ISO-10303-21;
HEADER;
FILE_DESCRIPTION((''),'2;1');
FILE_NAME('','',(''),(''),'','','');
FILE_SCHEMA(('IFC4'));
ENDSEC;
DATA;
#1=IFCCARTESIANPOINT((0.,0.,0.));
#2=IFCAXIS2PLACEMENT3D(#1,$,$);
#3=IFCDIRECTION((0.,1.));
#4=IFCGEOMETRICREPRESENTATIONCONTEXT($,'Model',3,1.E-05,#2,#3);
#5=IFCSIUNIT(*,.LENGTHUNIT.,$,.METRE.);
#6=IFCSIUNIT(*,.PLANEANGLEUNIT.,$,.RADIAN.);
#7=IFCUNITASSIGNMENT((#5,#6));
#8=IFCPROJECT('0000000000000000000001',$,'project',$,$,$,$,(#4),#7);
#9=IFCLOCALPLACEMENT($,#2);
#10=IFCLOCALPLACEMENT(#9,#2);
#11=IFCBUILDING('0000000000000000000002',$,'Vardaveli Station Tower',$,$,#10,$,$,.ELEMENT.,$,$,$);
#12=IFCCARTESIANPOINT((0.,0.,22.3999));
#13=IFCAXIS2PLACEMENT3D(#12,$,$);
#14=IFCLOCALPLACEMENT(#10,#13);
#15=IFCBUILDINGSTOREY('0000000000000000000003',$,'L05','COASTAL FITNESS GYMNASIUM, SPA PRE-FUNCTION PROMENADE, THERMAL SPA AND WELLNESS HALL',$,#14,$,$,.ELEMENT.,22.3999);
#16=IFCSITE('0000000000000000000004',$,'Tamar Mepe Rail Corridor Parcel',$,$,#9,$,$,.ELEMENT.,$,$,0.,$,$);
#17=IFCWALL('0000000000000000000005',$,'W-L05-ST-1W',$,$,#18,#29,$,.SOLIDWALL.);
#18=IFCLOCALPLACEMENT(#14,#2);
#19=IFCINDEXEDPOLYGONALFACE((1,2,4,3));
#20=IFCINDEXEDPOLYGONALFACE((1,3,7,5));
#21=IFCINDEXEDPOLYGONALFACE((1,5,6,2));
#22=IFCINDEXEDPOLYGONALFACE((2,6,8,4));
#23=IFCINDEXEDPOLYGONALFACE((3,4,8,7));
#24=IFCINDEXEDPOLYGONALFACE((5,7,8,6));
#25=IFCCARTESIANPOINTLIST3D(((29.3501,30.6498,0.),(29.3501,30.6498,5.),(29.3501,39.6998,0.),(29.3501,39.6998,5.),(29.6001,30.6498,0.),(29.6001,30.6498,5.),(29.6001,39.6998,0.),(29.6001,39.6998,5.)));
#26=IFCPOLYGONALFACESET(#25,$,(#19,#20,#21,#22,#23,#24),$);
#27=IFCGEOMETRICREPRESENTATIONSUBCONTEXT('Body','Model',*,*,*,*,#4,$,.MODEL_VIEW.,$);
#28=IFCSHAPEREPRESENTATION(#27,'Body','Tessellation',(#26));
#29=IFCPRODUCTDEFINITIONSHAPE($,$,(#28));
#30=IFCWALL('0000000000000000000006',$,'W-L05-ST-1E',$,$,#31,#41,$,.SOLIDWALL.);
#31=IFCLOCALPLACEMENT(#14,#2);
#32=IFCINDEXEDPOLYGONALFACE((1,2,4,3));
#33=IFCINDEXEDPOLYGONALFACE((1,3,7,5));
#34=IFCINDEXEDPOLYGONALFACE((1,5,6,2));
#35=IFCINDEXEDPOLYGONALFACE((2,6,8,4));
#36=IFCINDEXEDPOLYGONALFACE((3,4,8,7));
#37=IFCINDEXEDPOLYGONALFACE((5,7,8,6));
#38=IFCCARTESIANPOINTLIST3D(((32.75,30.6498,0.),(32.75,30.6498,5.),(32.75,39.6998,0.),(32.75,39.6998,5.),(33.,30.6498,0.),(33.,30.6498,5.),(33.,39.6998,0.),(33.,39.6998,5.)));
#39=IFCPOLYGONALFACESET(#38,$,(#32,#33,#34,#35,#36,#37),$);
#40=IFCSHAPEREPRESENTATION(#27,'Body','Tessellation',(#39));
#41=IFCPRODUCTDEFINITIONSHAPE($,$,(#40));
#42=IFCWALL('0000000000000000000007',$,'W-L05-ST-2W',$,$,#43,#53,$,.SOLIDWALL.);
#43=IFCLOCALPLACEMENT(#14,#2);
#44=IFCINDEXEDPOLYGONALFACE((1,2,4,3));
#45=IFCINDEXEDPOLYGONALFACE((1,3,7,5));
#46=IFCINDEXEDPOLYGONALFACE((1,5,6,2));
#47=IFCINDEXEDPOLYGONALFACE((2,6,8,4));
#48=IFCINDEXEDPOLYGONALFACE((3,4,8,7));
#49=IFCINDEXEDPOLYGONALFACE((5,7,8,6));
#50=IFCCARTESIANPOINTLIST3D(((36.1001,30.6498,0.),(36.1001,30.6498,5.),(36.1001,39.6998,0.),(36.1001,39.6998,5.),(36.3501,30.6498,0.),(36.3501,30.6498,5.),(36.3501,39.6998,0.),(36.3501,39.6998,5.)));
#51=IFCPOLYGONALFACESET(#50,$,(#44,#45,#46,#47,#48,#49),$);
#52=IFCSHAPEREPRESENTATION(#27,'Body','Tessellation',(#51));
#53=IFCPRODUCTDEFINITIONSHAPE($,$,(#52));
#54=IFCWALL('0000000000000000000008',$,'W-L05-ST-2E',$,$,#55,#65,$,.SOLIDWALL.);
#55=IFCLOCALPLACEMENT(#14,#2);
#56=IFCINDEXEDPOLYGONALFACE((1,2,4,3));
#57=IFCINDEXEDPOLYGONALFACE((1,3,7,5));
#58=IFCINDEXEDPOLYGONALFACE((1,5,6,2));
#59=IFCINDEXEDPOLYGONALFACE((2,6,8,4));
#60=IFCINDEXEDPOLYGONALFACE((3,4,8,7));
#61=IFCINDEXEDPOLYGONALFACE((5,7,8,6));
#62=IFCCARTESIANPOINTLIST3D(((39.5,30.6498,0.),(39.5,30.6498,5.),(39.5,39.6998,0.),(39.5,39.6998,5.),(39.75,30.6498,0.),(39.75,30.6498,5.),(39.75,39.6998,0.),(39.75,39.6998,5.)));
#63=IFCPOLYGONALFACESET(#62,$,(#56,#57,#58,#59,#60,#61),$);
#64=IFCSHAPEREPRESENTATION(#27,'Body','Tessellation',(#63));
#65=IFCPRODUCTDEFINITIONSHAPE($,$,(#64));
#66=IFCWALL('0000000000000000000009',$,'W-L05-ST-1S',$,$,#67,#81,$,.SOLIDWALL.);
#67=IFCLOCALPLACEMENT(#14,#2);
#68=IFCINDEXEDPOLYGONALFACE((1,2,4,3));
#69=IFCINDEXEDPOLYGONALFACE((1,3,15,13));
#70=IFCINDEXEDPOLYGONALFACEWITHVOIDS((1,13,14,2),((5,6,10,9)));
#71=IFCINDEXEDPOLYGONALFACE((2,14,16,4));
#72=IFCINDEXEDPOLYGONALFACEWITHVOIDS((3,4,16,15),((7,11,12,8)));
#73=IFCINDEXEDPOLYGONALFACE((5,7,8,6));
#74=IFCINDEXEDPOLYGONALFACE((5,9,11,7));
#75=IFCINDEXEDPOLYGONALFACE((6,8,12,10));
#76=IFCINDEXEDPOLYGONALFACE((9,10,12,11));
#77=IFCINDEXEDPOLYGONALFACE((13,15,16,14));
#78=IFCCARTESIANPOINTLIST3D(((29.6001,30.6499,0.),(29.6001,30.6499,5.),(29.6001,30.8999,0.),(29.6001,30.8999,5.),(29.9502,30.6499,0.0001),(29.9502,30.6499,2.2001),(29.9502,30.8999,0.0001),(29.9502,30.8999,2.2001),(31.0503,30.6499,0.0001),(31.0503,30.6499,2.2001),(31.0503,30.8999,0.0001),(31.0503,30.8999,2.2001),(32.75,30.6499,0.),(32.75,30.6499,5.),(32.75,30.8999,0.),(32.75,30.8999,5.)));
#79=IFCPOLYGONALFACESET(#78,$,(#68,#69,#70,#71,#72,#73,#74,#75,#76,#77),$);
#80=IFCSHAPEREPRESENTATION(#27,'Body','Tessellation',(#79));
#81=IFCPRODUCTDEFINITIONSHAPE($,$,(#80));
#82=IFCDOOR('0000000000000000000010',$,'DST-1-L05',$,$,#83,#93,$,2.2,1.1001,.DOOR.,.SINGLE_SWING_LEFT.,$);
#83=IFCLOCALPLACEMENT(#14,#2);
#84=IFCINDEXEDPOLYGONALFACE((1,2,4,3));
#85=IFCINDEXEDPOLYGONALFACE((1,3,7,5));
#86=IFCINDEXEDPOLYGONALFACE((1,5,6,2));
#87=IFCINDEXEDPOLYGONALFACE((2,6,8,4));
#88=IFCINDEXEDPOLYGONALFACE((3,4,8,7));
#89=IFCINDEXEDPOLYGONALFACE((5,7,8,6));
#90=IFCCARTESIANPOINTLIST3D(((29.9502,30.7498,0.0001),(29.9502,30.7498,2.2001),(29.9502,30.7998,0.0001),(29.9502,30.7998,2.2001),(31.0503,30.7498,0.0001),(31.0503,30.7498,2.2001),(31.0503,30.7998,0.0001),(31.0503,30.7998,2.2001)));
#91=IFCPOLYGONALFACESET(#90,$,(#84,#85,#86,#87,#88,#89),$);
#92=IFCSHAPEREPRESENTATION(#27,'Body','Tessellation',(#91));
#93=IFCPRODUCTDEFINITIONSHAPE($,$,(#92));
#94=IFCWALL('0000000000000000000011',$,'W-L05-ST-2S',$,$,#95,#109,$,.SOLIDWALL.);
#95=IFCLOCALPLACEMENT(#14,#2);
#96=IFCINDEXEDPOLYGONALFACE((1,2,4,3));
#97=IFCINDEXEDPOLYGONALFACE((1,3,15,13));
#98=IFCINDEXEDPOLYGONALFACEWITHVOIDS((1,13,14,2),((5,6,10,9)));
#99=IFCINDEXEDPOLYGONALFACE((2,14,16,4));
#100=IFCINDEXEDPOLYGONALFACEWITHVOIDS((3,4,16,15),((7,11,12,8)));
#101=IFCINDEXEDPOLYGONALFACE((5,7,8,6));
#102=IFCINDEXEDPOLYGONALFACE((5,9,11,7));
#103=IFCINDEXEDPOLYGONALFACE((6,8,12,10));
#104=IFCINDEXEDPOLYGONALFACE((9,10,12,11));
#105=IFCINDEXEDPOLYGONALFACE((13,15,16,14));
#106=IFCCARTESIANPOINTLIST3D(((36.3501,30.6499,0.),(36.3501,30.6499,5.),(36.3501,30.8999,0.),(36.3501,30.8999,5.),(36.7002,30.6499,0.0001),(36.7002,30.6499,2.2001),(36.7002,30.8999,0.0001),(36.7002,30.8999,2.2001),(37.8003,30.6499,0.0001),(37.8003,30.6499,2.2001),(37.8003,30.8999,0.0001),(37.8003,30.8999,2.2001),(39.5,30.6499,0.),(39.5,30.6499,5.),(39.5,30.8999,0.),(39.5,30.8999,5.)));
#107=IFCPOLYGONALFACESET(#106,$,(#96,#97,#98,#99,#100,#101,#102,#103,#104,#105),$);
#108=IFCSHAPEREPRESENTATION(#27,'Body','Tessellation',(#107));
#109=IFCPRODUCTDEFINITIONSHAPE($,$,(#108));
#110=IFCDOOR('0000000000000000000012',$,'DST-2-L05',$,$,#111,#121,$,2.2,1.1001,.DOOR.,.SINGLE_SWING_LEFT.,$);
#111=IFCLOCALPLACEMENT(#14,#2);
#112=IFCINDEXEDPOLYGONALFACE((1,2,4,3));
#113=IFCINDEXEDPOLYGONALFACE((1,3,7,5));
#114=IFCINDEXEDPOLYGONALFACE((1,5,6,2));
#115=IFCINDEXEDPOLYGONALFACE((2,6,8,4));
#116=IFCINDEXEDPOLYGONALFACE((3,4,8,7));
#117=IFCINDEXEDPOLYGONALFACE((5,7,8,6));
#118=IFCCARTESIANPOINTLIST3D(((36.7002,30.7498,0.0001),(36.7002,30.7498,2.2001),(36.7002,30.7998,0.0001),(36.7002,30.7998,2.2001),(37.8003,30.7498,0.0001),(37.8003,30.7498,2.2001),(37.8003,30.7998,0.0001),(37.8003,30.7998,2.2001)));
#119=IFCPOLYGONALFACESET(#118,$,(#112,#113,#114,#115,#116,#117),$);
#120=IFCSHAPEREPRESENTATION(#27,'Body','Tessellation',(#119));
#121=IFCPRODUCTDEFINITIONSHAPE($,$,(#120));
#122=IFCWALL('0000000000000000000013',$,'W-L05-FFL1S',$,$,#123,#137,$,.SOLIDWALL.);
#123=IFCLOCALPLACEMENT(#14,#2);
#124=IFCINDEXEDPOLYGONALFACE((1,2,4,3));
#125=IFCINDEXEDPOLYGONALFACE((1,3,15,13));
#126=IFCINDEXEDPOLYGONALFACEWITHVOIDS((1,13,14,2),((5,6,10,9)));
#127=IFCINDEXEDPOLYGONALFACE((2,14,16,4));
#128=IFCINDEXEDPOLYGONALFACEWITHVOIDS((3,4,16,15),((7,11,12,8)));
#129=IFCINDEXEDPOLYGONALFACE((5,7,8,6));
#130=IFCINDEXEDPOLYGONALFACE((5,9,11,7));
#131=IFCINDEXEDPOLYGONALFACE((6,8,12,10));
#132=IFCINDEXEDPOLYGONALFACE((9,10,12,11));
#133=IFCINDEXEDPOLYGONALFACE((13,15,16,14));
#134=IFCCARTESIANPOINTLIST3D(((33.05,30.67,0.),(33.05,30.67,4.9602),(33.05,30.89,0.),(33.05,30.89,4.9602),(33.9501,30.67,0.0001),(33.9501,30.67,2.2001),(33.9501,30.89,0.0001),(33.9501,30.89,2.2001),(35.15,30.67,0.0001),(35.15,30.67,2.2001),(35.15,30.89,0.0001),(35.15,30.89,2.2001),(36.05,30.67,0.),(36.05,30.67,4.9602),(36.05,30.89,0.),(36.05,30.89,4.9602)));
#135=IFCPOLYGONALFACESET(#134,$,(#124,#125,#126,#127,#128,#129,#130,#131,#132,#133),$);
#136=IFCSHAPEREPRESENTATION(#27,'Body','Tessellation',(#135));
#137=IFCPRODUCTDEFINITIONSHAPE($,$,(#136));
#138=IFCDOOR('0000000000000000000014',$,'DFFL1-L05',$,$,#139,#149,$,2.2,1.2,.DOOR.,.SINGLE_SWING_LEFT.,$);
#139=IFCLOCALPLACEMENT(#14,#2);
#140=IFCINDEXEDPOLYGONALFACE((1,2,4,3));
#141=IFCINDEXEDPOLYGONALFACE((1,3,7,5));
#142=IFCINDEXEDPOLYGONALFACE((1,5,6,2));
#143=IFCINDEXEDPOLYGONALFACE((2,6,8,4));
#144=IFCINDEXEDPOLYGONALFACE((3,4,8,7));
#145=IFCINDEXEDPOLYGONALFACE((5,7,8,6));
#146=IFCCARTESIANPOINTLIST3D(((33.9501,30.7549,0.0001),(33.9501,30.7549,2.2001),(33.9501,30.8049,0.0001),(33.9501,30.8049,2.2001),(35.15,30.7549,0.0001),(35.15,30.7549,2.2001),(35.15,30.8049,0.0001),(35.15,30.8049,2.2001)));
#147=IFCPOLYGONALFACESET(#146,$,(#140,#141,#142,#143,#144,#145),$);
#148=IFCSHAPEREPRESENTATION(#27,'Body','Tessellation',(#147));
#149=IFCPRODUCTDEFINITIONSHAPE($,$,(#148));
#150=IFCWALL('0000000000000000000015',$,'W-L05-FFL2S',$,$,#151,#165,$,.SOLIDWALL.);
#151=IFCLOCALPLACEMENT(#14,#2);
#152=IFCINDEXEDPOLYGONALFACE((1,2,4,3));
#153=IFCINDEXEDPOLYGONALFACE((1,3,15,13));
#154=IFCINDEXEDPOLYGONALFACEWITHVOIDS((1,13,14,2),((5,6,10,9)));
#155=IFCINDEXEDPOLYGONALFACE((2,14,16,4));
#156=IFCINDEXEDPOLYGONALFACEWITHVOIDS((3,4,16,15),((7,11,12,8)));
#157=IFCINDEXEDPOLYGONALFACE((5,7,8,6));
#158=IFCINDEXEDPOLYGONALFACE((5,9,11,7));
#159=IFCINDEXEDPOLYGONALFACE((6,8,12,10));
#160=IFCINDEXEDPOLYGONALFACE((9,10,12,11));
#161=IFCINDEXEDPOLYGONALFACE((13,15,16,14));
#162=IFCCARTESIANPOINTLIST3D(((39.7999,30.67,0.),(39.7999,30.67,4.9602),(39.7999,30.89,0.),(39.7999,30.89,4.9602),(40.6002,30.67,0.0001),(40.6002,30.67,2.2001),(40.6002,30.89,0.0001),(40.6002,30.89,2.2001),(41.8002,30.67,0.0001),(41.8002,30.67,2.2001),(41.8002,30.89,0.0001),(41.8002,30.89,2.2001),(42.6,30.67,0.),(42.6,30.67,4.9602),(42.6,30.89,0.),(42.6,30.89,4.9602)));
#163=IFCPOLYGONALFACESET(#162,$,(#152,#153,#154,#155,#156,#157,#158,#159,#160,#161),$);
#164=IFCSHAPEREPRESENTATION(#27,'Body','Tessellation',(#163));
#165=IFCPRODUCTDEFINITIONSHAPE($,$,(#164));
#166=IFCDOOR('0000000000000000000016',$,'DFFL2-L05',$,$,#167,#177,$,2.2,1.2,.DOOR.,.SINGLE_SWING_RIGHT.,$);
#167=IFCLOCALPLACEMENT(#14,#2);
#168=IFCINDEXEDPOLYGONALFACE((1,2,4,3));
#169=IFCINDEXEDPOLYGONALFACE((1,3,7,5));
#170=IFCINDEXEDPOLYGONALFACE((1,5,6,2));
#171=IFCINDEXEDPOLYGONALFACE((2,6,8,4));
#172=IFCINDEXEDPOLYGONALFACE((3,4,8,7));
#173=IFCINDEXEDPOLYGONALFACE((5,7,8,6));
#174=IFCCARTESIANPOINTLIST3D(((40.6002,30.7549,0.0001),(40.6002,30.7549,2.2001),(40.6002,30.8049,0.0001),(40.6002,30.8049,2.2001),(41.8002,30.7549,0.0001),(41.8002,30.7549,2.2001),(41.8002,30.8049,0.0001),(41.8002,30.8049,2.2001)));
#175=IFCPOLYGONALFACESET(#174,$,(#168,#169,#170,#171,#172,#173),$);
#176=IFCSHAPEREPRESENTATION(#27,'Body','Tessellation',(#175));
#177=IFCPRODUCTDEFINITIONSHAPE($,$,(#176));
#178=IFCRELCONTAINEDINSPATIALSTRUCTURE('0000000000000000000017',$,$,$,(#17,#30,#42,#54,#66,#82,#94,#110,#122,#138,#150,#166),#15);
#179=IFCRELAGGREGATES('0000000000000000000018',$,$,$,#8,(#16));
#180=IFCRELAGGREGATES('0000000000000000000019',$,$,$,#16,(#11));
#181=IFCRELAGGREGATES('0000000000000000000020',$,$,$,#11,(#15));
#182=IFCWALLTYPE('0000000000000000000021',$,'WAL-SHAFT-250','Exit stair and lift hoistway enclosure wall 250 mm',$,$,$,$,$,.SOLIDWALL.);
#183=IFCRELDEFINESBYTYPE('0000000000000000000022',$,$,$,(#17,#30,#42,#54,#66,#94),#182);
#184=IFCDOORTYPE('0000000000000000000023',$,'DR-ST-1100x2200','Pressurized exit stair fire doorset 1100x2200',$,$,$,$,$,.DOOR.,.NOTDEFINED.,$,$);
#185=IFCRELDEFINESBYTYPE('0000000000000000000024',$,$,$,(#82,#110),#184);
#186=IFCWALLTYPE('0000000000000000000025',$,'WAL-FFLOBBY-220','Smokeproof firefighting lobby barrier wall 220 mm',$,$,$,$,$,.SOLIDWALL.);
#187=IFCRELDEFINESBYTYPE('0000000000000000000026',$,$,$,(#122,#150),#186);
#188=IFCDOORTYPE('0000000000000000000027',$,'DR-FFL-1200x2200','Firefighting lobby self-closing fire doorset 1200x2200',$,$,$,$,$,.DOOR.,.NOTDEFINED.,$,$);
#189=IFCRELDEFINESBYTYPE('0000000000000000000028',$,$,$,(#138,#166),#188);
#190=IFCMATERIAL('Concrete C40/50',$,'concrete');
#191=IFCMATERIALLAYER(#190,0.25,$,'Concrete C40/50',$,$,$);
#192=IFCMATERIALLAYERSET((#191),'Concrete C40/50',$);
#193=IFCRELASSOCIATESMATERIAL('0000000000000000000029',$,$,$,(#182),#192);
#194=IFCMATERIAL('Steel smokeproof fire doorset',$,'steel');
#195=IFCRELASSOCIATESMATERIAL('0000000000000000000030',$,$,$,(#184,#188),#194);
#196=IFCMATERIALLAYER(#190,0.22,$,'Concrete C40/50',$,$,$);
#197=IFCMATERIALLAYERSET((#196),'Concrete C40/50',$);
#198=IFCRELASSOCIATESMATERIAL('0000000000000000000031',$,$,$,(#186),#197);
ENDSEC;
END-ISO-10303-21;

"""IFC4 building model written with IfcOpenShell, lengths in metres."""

from ifc_helpers import new_model, si_unit, direction, frame, frame_2d, origin, place, context, subcontext, project, spatial, rectangle, extrude, source, transform, mapped, material, layer, layer_set, type_object, element, fill, save


model = new_model("IFC4")

# Units and contexts
model_context = context("Model", 3, precision=1e-05, world=origin(), true_north=direction((0.0, 1.0)))
body_context = subcontext(model_context, "Body", "Model", "MODEL_VIEW")
ifc_project = project(units=[si_unit("LENGTHUNIT", "METRE"), si_unit("PLANEANGLEUNIT", "RADIAN")], contexts=[model_context])

# Site, building, storey
site_placement = place(None, origin())
site = spatial("IfcSite", under=ifc_project, at=site_placement, Name="Tamar Mepe Rail Corridor Parcel", CompositionType="ELEMENT", RefElevation=0.0)
building_placement = place(site_placement, origin())
building = spatial("IfcBuilding", under=site, at=building_placement, Name="Vardaveli Station Tower", CompositionType="ELEMENT")
storey_placement = place(building_placement, frame((0.0, 0.0, 22.3999)))
storey = spatial("IfcBuildingStorey", under=building, at=storey_placement, Name="L05", Description="COASTAL FITNESS GYMNASIUM, SPA PRE-FUNCTION PROMENADE, THERMAL SPA AND WELLNESS HALL", CompositionType="ELEMENT", Elevation=22.3999)

# Walls
ifc_material_1 = material(Name="Concrete C40/50", Category="concrete")
ifc_layer_1 = layer(ifc_material_1, 0.25, Name="Concrete C40/50")
ifc_layer_set_1 = layer_set([ifc_layer_1], Name="Concrete C40/50")
wall_type_1 = type_object("IfcWallType", Name="WAL-SHAFT-250", Description="Exit stair and lift hoistway enclosure wall 250 mm", PredefinedType="SOLIDWALL", material=ifc_layer_set_1)
shared_shape_1 = source(origin(), body_context, "Body", "SweptSolid", [
    extrude(rectangle(XDim=9.05, YDim=0.25, at=frame_2d((4.5249, 0.0))), origin(), (0.0, 0.0, 1.0), 5.0),
])
for number, where, z_axis, x_axis, name in (
    (1, (29.4751, 30.6499, 0.0), (0.0, 0.0, 1.0), (0.0, 1.0, 0.0), "W-L05-ST-1W"),
    (2, (32.875, 30.6499, 0.0), (0.0, 0.0, 1.0), (0.0, 1.0, 0.0), "W-L05-ST-1E"),
    (3, (36.2251, 30.6499, 0.0), (0.0, 0.0, 1.0), (0.0, 1.0, 0.0), "W-L05-ST-2W"),
    (4, (39.625, 30.6499, 0.0), (0.0, 0.0, 1.0), (0.0, 1.0, 0.0), "W-L05-ST-2E"),
):
    element("IfcWall", number, at=place(storey_placement, frame(where, z_axis=z_axis, x_axis=x_axis)), inside=storey, type_object=wall_type_1, Name=name, PredefinedType="SOLIDWALL", context=body_context, shape_type="MappedRepresentation", body=[
        mapped(shared_shape_1, transform((0.0, 0.0, 0.0), scale=1.0)),
    ])

# Walls, openings, doors
shared_shape_2 = source(origin(), body_context, "Body", "SweptSolid", [
    extrude(rectangle(XDim=3.1499, YDim=0.25, at=frame_2d((1.575, 0.0))), origin(), (0.0, 0.0, 1.0), 5.0),
])
wall_1_placement = place(storey_placement, frame((29.6001, 30.7749, 0.0), z_axis=(0.0, 0.0, 1.0), x_axis=(1.0, 0.0, 0.0)))
wall_1 = element("IfcWall", 5, at=wall_1_placement, inside=storey, type_object=wall_type_1, Name="W-L05-ST-1S", PredefinedType="SOLIDWALL", context=body_context, shape_type="MappedRepresentation", body=[
    mapped(shared_shape_2, transform((0.0, 0.0, 0.0), scale=1.0)),
])
shared_shape_3 = source(origin(), body_context, "Body", "SweptSolid", [
    extrude(rectangle(XDim=1.1001, YDim=2.2, at=frame_2d((0.55, 1.1001))), frame((0.0, 0.135, 0.0), z_axis=(0.0, -1.0, 0.0), x_axis=(1.0, 0.0, 0.0)), (0.0, 0.0, 1.0), 0.27),
])
opening_1_placement = place(wall_1_placement, frame((0.3501, 0.0, 0.0)))
opening_1 = element("IfcOpeningElement", 6, at=opening_1_placement, cuts=wall_1, PredefinedType="OPENING", context=body_context, shape_type="MappedRepresentation", body=[
    mapped(shared_shape_3, transform((0.0, 0.0, 0.0), scale=1.0)),
])
ifc_material_2 = material(Name="Steel smokeproof fire doorset", Category="steel")
door_type_1 = type_object("IfcDoorType", Name="DR-ST-1100x2200", Description="Pressurized exit stair fire doorset 1100x2200", OperationType="NOTDEFINED", PredefinedType="DOOR", material=ifc_material_2)
shared_shape_4 = source(origin(), body_context, "Body", "SweptSolid", [
    extrude(rectangle(XDim=1.1001, YDim=2.2, at=frame_2d((0.55, 1.1001))), frame((0.0, 0.0249, 0.0), z_axis=(0.0, -1.0, 0.0), x_axis=(1.0, 0.0, 0.0)), (0.0, 0.0, 1.0), 0.05),
])
door_1_placement = place(opening_1_placement, origin())
door_1 = element("IfcDoor", 7, at=door_1_placement, inside=storey, type_object=door_type_1, Name="DST-1-L05", OperationType="SINGLE_SWING_LEFT", OverallHeight=2.2, OverallWidth=1.1001, PredefinedType="DOOR", context=body_context, shape_type="MappedRepresentation", body=[
    mapped(shared_shape_4, transform((0.0, 0.0, 0.0), scale=1.0)),
])
fill(opening_1, door_1)
wall_2_placement = place(storey_placement, frame((36.3501, 30.7749, 0.0), z_axis=(0.0, 0.0, 1.0), x_axis=(1.0, 0.0, 0.0)))
wall_2 = element("IfcWall", 8, at=wall_2_placement, inside=storey, type_object=wall_type_1, Name="W-L05-ST-2S", PredefinedType="SOLIDWALL", context=body_context, shape_type="MappedRepresentation", body=[
    mapped(shared_shape_2, transform((0.0, 0.0, 0.0), scale=1.0)),
])
opening_2_placement = place(wall_2_placement, frame((0.3501, 0.0, 0.0)))
opening_2 = element("IfcOpeningElement", 9, at=opening_2_placement, cuts=wall_2, PredefinedType="OPENING", context=body_context, shape_type="MappedRepresentation", body=[
    mapped(shared_shape_3, transform((0.0, 0.0, 0.0), scale=1.0)),
])
door_2_placement = place(opening_2_placement, origin())
door_2 = element("IfcDoor", 10, at=door_2_placement, inside=storey, type_object=door_type_1, Name="DST-2-L05", OperationType="SINGLE_SWING_LEFT", OverallHeight=2.2, OverallWidth=1.1001, PredefinedType="DOOR", context=body_context, shape_type="MappedRepresentation", body=[
    mapped(shared_shape_4, transform((0.0, 0.0, 0.0), scale=1.0)),
])
fill(opening_2, door_2)
ifc_layer_2 = layer(ifc_material_1, 0.22, Name="Concrete C40/50")
ifc_layer_set_2 = layer_set([ifc_layer_2], Name="Concrete C40/50")
wall_type_2 = type_object("IfcWallType", Name="WAL-FFLOBBY-220", Description="Smokeproof firefighting lobby barrier wall 220 mm", PredefinedType="SOLIDWALL", material=ifc_layer_set_2)
shared_shape_5 = source(origin(), body_context, "Body", "SweptSolid", [
    extrude(rectangle(XDim=3.0, YDim=0.22, at=frame_2d((1.5, 0.0))), origin(), (0.0, 0.0, 1.0), 4.9602),
])
wall_3_placement = place(storey_placement, frame((33.05, 30.78, 0.0), z_axis=(0.0, 0.0, 1.0), x_axis=(1.0, 0.0, 0.0)))
wall_3 = element("IfcWall", 11, at=wall_3_placement, inside=storey, type_object=wall_type_2, Name="W-L05-FFL1S", PredefinedType="SOLIDWALL", context=body_context, shape_type="MappedRepresentation", body=[
    mapped(shared_shape_5, transform((0.0, 0.0, 0.0), scale=1.0)),
])
shared_shape_6 = source(origin(), body_context, "Body", "SweptSolid", [
    extrude(rectangle(XDim=1.2, YDim=2.2, at=frame_2d((0.6001, 1.1001))), frame((0.0, 0.1201, 0.0), z_axis=(0.0, -1.0, 0.0), x_axis=(1.0, 0.0, 0.0)), (0.0, 0.0, 1.0), 0.24),
])
opening_3_placement = place(wall_3_placement, frame((0.8999, 0.0, 0.0)))
opening_3 = element("IfcOpeningElement", 12, at=opening_3_placement, cuts=wall_3, PredefinedType="OPENING", context=body_context, shape_type="MappedRepresentation", body=[
    mapped(shared_shape_6, transform((0.0, 0.0, 0.0), scale=1.0)),
])
door_type_2 = type_object("IfcDoorType", Name="DR-FFL-1200x2200", Description="Firefighting lobby self-closing fire doorset 1200x2200", OperationType="NOTDEFINED", PredefinedType="DOOR", material=ifc_material_2)
shared_shape_7 = source(origin(), body_context, "Body", "SweptSolid", [
    extrude(rectangle(XDim=1.2, YDim=2.2, at=frame_2d((0.6001, 1.1001))), frame((0.0, 0.0249, 0.0), z_axis=(0.0, -1.0, 0.0), x_axis=(1.0, 0.0, 0.0)), (0.0, 0.0, 1.0), 0.05),
])
door_3_placement = place(opening_3_placement, origin())
door_3 = element("IfcDoor", 13, at=door_3_placement, inside=storey, type_object=door_type_2, Name="DFFL1-L05", OperationType="SINGLE_SWING_LEFT", OverallHeight=2.2, OverallWidth=1.2, PredefinedType="DOOR", context=body_context, shape_type="MappedRepresentation", body=[
    mapped(shared_shape_7, transform((0.0, 0.0, 0.0), scale=1.0)),
])
fill(opening_3, door_3)
shared_shape_8 = source(origin(), body_context, "Body", "SweptSolid", [
    extrude(rectangle(XDim=2.8, YDim=0.22, at=frame_2d((1.3999, 0.0))), origin(), (0.0, 0.0, 1.0), 4.9602),
])
wall_4_placement = place(storey_placement, frame((39.8, 30.78, 0.0), z_axis=(0.0, 0.0, 1.0), x_axis=(1.0, 0.0, 0.0)))
wall_4 = element("IfcWall", 14, at=wall_4_placement, inside=storey, type_object=wall_type_2, Name="W-L05-FFL2S", PredefinedType="SOLIDWALL", context=body_context, shape_type="MappedRepresentation", body=[
    mapped(shared_shape_8, transform((0.0, 0.0, 0.0), scale=1.0)),
])
opening_4_placement = place(wall_4_placement, frame((0.8, 0.0, 0.0)))
opening_4 = element("IfcOpeningElement", 15, at=opening_4_placement, cuts=wall_4, PredefinedType="OPENING", context=body_context, shape_type="MappedRepresentation", body=[
    mapped(shared_shape_6, transform((0.0, 0.0, 0.0), scale=1.0)),
])
door_4_placement = place(opening_4_placement, origin())
door_4 = element("IfcDoor", 16, at=door_4_placement, inside=storey, type_object=door_type_2, Name="DFFL2-L05", OperationType="SINGLE_SWING_RIGHT", OverallHeight=2.2, OverallWidth=1.2, PredefinedType="DOOR", context=body_context, shape_type="MappedRepresentation", body=[
    mapped(shared_shape_7, transform((0.0, 0.0, 0.0), scale=1.0)),
])
fill(opening_4, door_4)

save(model, "model.ifc")
